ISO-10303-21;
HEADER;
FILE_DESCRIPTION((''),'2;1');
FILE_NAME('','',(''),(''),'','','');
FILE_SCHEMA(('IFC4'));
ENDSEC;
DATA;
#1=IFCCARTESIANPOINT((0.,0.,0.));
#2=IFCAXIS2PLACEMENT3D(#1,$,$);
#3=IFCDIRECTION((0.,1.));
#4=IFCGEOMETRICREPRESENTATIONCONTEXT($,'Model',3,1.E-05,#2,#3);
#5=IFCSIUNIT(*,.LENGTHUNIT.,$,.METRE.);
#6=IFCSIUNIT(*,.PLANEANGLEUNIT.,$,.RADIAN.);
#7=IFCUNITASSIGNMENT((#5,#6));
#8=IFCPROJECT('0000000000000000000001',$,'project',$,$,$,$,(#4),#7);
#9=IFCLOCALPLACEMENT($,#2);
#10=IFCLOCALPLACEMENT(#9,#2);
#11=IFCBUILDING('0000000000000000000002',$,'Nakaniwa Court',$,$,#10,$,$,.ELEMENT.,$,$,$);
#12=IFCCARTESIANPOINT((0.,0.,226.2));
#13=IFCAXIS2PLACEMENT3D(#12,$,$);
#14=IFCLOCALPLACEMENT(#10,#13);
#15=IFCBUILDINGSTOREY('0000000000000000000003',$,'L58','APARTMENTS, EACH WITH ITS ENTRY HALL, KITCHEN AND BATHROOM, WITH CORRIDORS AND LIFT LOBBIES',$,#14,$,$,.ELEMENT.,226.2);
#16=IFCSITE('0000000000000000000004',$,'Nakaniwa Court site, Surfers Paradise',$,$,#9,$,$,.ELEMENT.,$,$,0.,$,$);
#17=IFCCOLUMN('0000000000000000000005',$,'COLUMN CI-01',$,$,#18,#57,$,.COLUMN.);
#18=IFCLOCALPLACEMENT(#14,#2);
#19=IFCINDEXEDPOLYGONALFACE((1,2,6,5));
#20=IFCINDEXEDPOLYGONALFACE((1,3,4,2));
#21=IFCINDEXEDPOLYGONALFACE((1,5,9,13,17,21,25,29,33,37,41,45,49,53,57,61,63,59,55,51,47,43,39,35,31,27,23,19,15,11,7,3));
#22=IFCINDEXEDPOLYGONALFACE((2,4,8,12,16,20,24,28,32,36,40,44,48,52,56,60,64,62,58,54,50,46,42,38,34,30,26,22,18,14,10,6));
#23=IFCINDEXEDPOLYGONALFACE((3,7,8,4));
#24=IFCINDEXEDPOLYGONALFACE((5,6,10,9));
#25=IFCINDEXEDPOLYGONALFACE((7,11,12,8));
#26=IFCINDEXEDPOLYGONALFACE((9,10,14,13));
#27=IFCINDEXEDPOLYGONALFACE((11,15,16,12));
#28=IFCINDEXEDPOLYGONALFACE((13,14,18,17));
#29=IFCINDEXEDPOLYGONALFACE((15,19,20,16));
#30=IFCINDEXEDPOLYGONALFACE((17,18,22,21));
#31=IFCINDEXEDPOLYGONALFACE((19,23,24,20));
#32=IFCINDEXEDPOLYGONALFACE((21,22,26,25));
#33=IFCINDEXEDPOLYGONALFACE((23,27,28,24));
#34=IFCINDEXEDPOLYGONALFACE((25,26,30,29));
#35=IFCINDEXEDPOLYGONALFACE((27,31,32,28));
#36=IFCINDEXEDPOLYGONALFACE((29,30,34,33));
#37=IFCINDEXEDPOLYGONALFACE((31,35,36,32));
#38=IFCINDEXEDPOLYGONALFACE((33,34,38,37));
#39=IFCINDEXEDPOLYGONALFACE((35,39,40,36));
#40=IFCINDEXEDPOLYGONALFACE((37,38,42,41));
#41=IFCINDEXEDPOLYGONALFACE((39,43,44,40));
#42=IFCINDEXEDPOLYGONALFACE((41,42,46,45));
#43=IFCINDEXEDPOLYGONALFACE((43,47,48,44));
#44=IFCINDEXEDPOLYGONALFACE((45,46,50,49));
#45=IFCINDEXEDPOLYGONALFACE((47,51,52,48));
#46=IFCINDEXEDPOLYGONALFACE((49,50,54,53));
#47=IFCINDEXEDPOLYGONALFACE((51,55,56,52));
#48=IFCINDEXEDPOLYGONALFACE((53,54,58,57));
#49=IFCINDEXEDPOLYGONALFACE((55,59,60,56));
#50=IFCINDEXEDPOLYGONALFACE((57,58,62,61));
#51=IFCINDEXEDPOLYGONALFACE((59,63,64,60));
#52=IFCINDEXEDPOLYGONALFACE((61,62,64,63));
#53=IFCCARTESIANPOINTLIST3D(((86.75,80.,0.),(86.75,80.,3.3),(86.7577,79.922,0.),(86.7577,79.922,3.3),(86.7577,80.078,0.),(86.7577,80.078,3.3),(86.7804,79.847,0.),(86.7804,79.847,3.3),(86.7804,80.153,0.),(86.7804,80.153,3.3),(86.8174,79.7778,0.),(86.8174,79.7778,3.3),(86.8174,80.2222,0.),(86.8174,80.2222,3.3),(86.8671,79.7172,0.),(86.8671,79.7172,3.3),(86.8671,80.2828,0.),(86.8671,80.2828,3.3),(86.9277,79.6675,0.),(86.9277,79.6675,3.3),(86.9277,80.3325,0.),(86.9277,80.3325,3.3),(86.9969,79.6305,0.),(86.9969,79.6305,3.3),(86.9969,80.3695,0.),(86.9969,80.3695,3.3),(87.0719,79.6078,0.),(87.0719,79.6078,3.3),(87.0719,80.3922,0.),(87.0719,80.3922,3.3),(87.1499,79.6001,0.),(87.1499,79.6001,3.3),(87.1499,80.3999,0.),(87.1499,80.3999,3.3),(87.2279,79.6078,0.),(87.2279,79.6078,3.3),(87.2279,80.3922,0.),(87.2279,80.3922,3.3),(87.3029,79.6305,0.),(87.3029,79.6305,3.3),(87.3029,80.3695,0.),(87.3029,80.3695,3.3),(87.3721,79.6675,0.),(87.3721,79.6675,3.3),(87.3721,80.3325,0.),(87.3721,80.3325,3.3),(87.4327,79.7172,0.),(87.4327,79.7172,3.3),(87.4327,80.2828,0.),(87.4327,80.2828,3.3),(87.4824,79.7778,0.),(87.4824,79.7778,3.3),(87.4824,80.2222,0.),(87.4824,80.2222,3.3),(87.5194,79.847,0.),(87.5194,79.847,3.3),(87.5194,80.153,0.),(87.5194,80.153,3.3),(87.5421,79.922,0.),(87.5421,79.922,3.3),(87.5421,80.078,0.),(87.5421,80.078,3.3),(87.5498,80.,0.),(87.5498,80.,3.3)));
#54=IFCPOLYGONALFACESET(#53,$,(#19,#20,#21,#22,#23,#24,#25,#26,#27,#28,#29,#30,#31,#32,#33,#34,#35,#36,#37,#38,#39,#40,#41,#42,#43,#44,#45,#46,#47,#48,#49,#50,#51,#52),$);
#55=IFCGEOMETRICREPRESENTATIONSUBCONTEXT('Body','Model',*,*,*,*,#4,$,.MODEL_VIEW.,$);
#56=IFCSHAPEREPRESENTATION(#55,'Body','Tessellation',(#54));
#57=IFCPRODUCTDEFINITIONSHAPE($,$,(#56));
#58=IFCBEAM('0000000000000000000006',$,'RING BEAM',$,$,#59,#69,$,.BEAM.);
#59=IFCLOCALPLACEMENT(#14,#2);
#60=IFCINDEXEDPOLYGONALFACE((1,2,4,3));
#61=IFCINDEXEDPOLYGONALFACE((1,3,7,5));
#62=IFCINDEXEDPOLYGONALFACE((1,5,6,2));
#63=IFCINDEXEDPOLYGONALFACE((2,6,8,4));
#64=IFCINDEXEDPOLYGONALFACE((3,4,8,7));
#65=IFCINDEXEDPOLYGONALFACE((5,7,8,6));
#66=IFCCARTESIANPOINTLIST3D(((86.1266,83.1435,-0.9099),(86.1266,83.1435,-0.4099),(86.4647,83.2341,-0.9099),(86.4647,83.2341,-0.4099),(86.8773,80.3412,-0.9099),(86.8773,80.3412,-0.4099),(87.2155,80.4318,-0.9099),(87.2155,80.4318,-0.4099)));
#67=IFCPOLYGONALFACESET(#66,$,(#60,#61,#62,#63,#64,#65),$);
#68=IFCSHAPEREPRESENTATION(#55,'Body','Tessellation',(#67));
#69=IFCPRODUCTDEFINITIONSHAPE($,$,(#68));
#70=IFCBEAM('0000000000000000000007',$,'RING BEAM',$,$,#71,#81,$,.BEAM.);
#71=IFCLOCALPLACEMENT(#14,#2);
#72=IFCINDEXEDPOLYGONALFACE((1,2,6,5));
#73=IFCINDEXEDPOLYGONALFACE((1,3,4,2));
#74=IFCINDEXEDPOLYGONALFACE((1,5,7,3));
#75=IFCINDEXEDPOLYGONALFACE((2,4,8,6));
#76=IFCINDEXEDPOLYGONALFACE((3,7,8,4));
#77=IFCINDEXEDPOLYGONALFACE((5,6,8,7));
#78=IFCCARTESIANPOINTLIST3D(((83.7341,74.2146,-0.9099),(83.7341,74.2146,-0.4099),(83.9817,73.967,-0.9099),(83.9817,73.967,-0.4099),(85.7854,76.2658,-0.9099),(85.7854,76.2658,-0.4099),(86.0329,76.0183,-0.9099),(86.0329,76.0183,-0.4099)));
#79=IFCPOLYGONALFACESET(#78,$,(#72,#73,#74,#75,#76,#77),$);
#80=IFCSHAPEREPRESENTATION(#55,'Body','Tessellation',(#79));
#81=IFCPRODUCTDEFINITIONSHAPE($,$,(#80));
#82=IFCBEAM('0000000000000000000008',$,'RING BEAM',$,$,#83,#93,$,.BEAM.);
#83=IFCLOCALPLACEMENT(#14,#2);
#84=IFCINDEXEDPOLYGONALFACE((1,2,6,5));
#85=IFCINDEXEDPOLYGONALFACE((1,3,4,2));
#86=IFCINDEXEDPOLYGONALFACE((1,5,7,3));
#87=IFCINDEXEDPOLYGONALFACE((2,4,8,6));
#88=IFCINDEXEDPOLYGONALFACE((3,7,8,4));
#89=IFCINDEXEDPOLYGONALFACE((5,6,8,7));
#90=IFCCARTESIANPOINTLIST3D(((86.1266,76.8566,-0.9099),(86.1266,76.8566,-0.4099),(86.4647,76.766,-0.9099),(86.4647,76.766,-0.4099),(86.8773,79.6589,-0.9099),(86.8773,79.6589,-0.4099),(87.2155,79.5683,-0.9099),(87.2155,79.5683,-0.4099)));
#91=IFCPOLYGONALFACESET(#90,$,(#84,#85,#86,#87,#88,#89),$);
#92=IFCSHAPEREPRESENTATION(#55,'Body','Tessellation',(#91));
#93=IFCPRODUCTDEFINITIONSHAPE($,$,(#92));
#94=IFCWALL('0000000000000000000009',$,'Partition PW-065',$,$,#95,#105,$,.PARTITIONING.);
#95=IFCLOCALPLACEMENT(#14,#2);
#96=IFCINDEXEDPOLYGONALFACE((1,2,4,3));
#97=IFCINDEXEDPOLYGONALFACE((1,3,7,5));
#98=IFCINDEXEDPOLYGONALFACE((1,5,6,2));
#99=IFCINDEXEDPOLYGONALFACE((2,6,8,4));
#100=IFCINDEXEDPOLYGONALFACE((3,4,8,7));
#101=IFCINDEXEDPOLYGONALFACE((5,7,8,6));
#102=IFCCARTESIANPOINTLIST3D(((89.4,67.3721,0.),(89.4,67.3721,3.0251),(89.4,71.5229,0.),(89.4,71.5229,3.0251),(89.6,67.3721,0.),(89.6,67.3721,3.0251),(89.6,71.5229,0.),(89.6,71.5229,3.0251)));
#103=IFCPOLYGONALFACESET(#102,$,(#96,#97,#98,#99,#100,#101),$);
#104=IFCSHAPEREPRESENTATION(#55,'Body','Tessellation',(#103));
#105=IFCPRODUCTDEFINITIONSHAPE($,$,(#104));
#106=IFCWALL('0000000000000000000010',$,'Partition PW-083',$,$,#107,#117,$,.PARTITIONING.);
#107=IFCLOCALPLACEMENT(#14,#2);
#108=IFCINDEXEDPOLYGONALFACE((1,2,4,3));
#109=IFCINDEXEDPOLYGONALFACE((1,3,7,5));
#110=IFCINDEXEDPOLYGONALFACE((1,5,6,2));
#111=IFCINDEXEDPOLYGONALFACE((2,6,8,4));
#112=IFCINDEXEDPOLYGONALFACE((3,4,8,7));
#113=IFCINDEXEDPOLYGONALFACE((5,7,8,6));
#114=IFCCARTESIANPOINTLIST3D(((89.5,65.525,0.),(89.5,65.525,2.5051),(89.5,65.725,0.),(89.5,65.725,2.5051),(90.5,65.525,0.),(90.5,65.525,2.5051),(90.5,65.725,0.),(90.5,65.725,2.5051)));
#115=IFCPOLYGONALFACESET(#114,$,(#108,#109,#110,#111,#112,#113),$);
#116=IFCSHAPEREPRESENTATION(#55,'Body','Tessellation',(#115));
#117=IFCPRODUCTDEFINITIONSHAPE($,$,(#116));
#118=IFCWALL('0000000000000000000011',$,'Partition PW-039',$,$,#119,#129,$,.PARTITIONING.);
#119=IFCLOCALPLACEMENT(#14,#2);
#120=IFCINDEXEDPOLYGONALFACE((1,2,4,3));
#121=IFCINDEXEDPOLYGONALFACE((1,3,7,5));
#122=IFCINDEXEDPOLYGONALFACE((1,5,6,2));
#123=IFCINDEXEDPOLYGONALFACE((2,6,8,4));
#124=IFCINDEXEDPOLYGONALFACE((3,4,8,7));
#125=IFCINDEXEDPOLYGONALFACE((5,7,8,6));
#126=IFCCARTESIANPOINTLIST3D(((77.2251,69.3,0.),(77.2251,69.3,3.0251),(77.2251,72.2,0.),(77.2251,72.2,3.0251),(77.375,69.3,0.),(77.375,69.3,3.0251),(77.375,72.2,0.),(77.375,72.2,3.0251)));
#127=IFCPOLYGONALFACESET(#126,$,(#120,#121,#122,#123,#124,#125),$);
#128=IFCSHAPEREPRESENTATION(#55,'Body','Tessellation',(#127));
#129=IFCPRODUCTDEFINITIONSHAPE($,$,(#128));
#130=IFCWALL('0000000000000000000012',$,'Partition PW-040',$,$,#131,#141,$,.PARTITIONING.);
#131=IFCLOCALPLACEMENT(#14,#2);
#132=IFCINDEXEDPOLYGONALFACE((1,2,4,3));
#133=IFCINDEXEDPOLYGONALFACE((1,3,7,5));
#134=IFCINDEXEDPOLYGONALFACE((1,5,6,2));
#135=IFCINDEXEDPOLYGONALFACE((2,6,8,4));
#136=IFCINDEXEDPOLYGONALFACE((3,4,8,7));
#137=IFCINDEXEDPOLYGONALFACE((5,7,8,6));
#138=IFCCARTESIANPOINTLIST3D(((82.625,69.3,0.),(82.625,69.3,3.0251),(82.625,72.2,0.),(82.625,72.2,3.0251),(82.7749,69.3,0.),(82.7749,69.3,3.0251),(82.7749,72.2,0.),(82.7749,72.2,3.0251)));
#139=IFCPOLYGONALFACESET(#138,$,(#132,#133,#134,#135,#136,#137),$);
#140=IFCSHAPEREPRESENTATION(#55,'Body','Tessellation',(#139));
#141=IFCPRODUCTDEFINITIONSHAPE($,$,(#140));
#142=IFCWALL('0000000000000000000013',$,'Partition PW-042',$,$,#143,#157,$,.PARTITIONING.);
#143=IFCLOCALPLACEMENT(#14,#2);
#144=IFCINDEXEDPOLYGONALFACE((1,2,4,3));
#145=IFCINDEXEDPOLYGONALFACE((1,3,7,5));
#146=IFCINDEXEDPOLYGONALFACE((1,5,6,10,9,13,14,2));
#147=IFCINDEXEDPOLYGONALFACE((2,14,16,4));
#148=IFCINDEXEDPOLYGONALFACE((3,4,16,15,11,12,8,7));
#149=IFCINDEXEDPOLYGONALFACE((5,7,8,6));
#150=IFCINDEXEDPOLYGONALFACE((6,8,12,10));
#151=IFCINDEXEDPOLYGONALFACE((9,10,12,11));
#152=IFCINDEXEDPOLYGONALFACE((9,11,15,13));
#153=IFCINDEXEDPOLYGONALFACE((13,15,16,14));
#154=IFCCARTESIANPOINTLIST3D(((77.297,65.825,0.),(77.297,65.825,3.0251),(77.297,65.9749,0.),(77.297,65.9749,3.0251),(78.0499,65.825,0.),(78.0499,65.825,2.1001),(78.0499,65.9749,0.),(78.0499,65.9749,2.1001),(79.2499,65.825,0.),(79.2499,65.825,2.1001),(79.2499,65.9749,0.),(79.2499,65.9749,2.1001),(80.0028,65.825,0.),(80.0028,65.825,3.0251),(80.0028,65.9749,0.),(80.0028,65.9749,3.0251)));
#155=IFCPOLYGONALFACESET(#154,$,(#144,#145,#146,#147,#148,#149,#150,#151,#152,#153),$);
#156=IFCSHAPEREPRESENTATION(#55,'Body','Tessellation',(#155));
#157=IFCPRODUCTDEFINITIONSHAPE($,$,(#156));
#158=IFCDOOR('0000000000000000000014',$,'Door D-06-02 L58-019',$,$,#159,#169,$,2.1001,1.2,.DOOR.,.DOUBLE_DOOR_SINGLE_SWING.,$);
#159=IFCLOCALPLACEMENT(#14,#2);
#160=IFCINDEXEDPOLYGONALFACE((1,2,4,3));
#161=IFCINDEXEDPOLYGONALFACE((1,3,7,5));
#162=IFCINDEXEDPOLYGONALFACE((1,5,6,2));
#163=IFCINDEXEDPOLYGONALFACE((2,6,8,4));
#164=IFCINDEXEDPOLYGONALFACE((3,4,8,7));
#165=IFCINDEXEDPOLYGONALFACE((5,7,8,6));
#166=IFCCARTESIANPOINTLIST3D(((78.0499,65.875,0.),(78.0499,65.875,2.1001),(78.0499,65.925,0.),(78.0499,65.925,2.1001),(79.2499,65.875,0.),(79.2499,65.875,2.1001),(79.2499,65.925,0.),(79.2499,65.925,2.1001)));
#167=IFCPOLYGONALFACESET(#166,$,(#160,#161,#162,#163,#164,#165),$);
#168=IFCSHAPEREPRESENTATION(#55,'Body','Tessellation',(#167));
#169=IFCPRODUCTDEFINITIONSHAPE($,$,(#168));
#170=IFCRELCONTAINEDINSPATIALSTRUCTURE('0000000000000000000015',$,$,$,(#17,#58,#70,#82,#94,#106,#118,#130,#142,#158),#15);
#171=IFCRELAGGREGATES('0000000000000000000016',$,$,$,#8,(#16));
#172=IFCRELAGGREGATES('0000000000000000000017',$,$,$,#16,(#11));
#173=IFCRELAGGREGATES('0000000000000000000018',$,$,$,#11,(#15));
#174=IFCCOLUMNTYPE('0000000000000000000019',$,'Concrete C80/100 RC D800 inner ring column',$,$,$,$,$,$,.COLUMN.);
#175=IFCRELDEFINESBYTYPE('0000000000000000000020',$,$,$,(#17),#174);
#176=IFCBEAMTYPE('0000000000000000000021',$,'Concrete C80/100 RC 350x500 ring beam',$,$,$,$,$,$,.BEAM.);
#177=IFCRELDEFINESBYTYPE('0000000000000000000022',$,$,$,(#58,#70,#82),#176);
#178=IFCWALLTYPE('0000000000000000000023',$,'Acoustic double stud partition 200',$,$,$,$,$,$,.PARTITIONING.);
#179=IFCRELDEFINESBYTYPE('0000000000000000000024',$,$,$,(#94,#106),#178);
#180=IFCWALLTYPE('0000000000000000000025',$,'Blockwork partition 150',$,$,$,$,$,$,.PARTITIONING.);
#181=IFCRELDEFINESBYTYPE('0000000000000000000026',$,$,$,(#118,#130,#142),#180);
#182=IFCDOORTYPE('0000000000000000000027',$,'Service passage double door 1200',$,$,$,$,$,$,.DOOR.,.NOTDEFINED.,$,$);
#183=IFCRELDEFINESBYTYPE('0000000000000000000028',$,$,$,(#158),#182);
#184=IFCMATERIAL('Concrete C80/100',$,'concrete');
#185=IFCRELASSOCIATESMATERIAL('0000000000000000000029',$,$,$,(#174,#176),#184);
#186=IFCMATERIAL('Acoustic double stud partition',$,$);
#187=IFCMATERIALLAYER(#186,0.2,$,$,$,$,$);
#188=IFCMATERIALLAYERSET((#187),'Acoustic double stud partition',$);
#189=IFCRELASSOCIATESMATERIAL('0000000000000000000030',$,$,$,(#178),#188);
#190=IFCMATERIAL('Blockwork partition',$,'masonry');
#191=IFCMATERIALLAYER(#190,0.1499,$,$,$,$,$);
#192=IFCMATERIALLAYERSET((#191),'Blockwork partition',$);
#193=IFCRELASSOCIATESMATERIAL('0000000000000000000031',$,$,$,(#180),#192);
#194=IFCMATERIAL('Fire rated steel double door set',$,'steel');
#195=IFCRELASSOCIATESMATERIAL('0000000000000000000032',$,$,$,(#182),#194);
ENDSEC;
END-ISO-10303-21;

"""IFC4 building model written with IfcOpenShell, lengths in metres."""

from ifc_helpers import new_model, si_unit, direction, frame, frame_2d, origin, origin_2d, place, context, subcontext, project, spatial, rectangle, circle, extrude, material, layer, layer_set, material_profile, profile_set, type_object, element, fill, save


model = new_model("IFC4")

# Units and contexts
model_context = context("Model", 3, precision=1e-05, world=origin(), true_north=direction((0.0, 1.0)))
body_context = subcontext(model_context, "Body", "Model", "MODEL_VIEW")
ifc_project = project(units=[si_unit("LENGTHUNIT", "METRE"), si_unit("PLANEANGLEUNIT", "RADIAN")], contexts=[model_context])

# Site, building, storey
site_placement = place(None, origin())
site = spatial("IfcSite", under=ifc_project, at=site_placement, Name="Nakaniwa Court site, Surfers Paradise", CompositionType="ELEMENT", RefElevation=0.0)
building_placement = place(site_placement, origin())
building = spatial("IfcBuilding", under=site, at=building_placement, Name="Nakaniwa Court", CompositionType="ELEMENT")
storey_placement = place(building_placement, frame((0.0, 0.0, 226.2)))
storey = spatial("IfcBuildingStorey", under=building, at=storey_placement, Name="L58", Description="APARTMENTS, EACH WITH ITS ENTRY HALL, KITCHEN AND BATHROOM, WITH CORRIDORS AND LIFT LOBBIES", CompositionType="ELEMENT", Elevation=226.2)

# Column
ifc_material_1 = material(Name="Concrete C80/100", Category="concrete")
ifc_material_profile_1 = material_profile(ifc_material_1, circle(Radius=0.3999, at=origin_2d()), Name="Concrete C80/100 RC D800 inner ring column")
ifc_profile_set_1 = profile_set([ifc_material_profile_1], Name="Concrete C80/100")
column_type = type_object("IfcColumnType", Name="Concrete C80/100 RC D800 inner ring column", PredefinedType="COLUMN", material=ifc_profile_set_1)
for number, where, z_axis, x_axis, name in (
    (1, (87.1499, 80.0, 0.0), (0.0, 0.0, 1.0), (0.0, 1.0, 0.0), "COLUMN CI-01"),
):
    element("IfcColumn", number, at=place(storey_placement, frame(where, z_axis=z_axis, x_axis=x_axis)), inside=storey, type_object=column_type, Name=name, PredefinedType="COLUMN", context=body_context, shape_type="SweptSolid", body=[
        extrude(circle(Radius=0.3999, at=origin_2d()), origin(), (0.0, 0.0, 1.0), 3.3),
    ])

# Beams
ifc_material_profile_2 = material_profile(ifc_material_1, rectangle(XDim=0.3501, YDim=0.5, at=origin_2d()), Name="Concrete C80/100 RC 350x500 ring beam")
ifc_profile_set_2 = profile_set([ifc_material_profile_2], Name="Concrete C80/100")
beam_type = type_object("IfcBeamType", Name="Concrete C80/100 RC 350x500 ring beam", PredefinedType="BEAM", material=ifc_profile_set_2)
beam_1_placement = place(storey_placement, frame((87.0464, 80.3865, -0.6599), z_axis=(-0.258778, 0.965937, 0.0), x_axis=(-0.965937, -0.258778, 0.0)))
element("IfcBeam", 2, at=beam_1_placement, inside=storey, type_object=beam_type, Name="RING BEAM", PredefinedType="BEAM", context=body_context, shape_type="SweptSolid", body=[
    extrude(rectangle(XDim=0.3501, YDim=0.5, at=origin_2d()), origin(), (0.0, 0.0, 1.0), 2.9011),
])
beam_2_placement = place(storey_placement, frame((83.8579, 74.0908, -0.6599), z_axis=(0.707107, 0.707107, 0.0), x_axis=(-0.707107, 0.707107, 0.0)))
element("IfcBeam", 3, at=beam_2_placement, inside=storey, type_object=beam_type, Name="RING BEAM", PredefinedType="BEAM", context=body_context, shape_type="SweptSolid", body=[
    extrude(rectangle(XDim=0.3501, YDim=0.5, at=origin_2d()), origin(), (0.0, 0.0, 1.0), 2.9009),
])
beam_3_placement = place(storey_placement, frame((86.2957, 76.8113, -0.6599), z_axis=(0.258778, 0.965937, 0.0), x_axis=(-0.965937, 0.258778, 0.0)))
element("IfcBeam", 4, at=beam_3_placement, inside=storey, type_object=beam_type, Name="RING BEAM", PredefinedType="BEAM", context=body_context, shape_type="SweptSolid", body=[
    extrude(rectangle(XDim=0.3501, YDim=0.5, at=origin_2d()), origin(), (0.0, 0.0, 1.0), 2.9011),
])

# Walls
ifc_material_2 = material(Name="Acoustic double stud partition")
ifc_layer_1 = layer(ifc_material_2, 0.2)
ifc_layer_set_1 = layer_set([ifc_layer_1], Name="Acoustic double stud partition")
wall_type_1 = type_object("IfcWallType", Name="Acoustic double stud partition 200", PredefinedType="PARTITIONING", material=ifc_layer_set_1)
wall_1_placement = place(storey_placement, frame((89.5, 67.3721, 0.0), z_axis=(0.0, 0.0, 1.0), x_axis=(0.0, 1.0, 0.0)))
element("IfcWall", 5, at=wall_1_placement, inside=storey, type_object=wall_type_1, Name="Partition PW-065", PredefinedType="PARTITIONING", context=body_context, shape_type="SweptSolid", body=[
    extrude(rectangle(XDim=4.1509, YDim=0.2, at=frame_2d((2.0754, 0.0))), origin(), (0.0, 0.0, 1.0), 3.0251),
])
wall_2_placement = place(storey_placement, frame((89.5, 65.625, 0.0), z_axis=(0.0, 0.0, 1.0), x_axis=(1.0, 0.0, 0.0)))
element("IfcWall", 6, at=wall_2_placement, inside=storey, type_object=wall_type_1, Name="Partition PW-083", PredefinedType="PARTITIONING", context=body_context, shape_type="SweptSolid", body=[
    extrude(rectangle(XDim=1.0, YDim=0.2, at=frame_2d((0.5, 0.0))), origin(), (0.0, 0.0, 1.0), 2.5051),
])
ifc_material_3 = material(Name="Blockwork partition", Category="masonry")
ifc_layer_2 = layer(ifc_material_3, 0.1499)
ifc_layer_set_2 = layer_set([ifc_layer_2], Name="Blockwork partition")
wall_type_2 = type_object("IfcWallType", Name="Blockwork partition 150", PredefinedType="PARTITIONING", material=ifc_layer_set_2)
for number, where, z_axis, x_axis, name in (
    (7, (77.3, 69.3, 0.0), (0.0, 0.0, 1.0), (0.0, 1.0, 0.0), "Partition PW-039"),
    (8, (82.7, 69.3, 0.0), (0.0, 0.0, 1.0), (0.0, 1.0, 0.0), "Partition PW-040"),
):
    element("IfcWall", number, at=place(storey_placement, frame(where, z_axis=z_axis, x_axis=x_axis)), inside=storey, type_object=wall_type_2, Name=name, PredefinedType="PARTITIONING", context=body_context, shape_type="SweptSolid", body=[
        extrude(rectangle(XDim=2.8999, YDim=0.1499, at=frame_2d((1.45, 0.0))), origin(), (0.0, 0.0, 1.0), 3.0251),
    ])

# Wall, opening, door
wall_3_placement = place(storey_placement, frame((80.0029, 65.8999, 0.0), z_axis=(0.0, 0.0, 1.0), x_axis=(-1.0, 0.0, 0.0)))
wall_3 = element("IfcWall", 9, at=wall_3_placement, inside=storey, type_object=wall_type_2, Name="Partition PW-042", PredefinedType="PARTITIONING", context=body_context, shape_type="SweptSolid", body=[
    extrude(rectangle(XDim=2.7058, YDim=0.1499, at=frame_2d((1.353, 0.0))), origin(), (0.0, 0.0, 1.0), 3.0251),
])
opening_1_placement = place(wall_3_placement, frame((0.7529, 0.0, 0.0)))
opening_1 = element("IfcOpeningElement", 10, at=opening_1_placement, cuts=wall_3, PredefinedType="OPENING", context=body_context, shape_type="SweptSolid", body=[
    extrude(rectangle(XDim=1.2, YDim=2.1001, at=frame_2d((0.6001, 1.05))), frame((0.0, 0.085, 0.0), z_axis=(0.0, -1.0, 0.0), x_axis=(1.0, 0.0, 0.0)), (0.0, 0.0, 1.0), 0.1699),
])
ifc_material_4 = material(Name="Fire rated steel double door set", Category="steel")
door_type_1 = type_object("IfcDoorType", Name="Service passage double door 1200", OperationType="NOTDEFINED", PredefinedType="DOOR", material=ifc_material_4)
door_1_placement = place(opening_1_placement, origin())
door_1 = element("IfcDoor", 11, at=door_1_placement, inside=storey, type_object=door_type_1, Name="Door D-06-02 L58-019", OperationType="DOUBLE_DOOR_SINGLE_SWING", OverallHeight=2.1001, OverallWidth=1.2, PredefinedType="DOOR", context=body_context, shape_type="SweptSolid", body=[
    extrude(rectangle(XDim=1.2, YDim=2.1001, at=frame_2d((0.6001, 1.05))), frame((0.0, 0.0249, 0.0), z_axis=(0.0, -1.0, 0.0), x_axis=(1.0, 0.0, 0.0)), (0.0, 0.0, 1.0), 0.05),
])
fill(opening_1, door_1)

save(model, "model.ifc")
